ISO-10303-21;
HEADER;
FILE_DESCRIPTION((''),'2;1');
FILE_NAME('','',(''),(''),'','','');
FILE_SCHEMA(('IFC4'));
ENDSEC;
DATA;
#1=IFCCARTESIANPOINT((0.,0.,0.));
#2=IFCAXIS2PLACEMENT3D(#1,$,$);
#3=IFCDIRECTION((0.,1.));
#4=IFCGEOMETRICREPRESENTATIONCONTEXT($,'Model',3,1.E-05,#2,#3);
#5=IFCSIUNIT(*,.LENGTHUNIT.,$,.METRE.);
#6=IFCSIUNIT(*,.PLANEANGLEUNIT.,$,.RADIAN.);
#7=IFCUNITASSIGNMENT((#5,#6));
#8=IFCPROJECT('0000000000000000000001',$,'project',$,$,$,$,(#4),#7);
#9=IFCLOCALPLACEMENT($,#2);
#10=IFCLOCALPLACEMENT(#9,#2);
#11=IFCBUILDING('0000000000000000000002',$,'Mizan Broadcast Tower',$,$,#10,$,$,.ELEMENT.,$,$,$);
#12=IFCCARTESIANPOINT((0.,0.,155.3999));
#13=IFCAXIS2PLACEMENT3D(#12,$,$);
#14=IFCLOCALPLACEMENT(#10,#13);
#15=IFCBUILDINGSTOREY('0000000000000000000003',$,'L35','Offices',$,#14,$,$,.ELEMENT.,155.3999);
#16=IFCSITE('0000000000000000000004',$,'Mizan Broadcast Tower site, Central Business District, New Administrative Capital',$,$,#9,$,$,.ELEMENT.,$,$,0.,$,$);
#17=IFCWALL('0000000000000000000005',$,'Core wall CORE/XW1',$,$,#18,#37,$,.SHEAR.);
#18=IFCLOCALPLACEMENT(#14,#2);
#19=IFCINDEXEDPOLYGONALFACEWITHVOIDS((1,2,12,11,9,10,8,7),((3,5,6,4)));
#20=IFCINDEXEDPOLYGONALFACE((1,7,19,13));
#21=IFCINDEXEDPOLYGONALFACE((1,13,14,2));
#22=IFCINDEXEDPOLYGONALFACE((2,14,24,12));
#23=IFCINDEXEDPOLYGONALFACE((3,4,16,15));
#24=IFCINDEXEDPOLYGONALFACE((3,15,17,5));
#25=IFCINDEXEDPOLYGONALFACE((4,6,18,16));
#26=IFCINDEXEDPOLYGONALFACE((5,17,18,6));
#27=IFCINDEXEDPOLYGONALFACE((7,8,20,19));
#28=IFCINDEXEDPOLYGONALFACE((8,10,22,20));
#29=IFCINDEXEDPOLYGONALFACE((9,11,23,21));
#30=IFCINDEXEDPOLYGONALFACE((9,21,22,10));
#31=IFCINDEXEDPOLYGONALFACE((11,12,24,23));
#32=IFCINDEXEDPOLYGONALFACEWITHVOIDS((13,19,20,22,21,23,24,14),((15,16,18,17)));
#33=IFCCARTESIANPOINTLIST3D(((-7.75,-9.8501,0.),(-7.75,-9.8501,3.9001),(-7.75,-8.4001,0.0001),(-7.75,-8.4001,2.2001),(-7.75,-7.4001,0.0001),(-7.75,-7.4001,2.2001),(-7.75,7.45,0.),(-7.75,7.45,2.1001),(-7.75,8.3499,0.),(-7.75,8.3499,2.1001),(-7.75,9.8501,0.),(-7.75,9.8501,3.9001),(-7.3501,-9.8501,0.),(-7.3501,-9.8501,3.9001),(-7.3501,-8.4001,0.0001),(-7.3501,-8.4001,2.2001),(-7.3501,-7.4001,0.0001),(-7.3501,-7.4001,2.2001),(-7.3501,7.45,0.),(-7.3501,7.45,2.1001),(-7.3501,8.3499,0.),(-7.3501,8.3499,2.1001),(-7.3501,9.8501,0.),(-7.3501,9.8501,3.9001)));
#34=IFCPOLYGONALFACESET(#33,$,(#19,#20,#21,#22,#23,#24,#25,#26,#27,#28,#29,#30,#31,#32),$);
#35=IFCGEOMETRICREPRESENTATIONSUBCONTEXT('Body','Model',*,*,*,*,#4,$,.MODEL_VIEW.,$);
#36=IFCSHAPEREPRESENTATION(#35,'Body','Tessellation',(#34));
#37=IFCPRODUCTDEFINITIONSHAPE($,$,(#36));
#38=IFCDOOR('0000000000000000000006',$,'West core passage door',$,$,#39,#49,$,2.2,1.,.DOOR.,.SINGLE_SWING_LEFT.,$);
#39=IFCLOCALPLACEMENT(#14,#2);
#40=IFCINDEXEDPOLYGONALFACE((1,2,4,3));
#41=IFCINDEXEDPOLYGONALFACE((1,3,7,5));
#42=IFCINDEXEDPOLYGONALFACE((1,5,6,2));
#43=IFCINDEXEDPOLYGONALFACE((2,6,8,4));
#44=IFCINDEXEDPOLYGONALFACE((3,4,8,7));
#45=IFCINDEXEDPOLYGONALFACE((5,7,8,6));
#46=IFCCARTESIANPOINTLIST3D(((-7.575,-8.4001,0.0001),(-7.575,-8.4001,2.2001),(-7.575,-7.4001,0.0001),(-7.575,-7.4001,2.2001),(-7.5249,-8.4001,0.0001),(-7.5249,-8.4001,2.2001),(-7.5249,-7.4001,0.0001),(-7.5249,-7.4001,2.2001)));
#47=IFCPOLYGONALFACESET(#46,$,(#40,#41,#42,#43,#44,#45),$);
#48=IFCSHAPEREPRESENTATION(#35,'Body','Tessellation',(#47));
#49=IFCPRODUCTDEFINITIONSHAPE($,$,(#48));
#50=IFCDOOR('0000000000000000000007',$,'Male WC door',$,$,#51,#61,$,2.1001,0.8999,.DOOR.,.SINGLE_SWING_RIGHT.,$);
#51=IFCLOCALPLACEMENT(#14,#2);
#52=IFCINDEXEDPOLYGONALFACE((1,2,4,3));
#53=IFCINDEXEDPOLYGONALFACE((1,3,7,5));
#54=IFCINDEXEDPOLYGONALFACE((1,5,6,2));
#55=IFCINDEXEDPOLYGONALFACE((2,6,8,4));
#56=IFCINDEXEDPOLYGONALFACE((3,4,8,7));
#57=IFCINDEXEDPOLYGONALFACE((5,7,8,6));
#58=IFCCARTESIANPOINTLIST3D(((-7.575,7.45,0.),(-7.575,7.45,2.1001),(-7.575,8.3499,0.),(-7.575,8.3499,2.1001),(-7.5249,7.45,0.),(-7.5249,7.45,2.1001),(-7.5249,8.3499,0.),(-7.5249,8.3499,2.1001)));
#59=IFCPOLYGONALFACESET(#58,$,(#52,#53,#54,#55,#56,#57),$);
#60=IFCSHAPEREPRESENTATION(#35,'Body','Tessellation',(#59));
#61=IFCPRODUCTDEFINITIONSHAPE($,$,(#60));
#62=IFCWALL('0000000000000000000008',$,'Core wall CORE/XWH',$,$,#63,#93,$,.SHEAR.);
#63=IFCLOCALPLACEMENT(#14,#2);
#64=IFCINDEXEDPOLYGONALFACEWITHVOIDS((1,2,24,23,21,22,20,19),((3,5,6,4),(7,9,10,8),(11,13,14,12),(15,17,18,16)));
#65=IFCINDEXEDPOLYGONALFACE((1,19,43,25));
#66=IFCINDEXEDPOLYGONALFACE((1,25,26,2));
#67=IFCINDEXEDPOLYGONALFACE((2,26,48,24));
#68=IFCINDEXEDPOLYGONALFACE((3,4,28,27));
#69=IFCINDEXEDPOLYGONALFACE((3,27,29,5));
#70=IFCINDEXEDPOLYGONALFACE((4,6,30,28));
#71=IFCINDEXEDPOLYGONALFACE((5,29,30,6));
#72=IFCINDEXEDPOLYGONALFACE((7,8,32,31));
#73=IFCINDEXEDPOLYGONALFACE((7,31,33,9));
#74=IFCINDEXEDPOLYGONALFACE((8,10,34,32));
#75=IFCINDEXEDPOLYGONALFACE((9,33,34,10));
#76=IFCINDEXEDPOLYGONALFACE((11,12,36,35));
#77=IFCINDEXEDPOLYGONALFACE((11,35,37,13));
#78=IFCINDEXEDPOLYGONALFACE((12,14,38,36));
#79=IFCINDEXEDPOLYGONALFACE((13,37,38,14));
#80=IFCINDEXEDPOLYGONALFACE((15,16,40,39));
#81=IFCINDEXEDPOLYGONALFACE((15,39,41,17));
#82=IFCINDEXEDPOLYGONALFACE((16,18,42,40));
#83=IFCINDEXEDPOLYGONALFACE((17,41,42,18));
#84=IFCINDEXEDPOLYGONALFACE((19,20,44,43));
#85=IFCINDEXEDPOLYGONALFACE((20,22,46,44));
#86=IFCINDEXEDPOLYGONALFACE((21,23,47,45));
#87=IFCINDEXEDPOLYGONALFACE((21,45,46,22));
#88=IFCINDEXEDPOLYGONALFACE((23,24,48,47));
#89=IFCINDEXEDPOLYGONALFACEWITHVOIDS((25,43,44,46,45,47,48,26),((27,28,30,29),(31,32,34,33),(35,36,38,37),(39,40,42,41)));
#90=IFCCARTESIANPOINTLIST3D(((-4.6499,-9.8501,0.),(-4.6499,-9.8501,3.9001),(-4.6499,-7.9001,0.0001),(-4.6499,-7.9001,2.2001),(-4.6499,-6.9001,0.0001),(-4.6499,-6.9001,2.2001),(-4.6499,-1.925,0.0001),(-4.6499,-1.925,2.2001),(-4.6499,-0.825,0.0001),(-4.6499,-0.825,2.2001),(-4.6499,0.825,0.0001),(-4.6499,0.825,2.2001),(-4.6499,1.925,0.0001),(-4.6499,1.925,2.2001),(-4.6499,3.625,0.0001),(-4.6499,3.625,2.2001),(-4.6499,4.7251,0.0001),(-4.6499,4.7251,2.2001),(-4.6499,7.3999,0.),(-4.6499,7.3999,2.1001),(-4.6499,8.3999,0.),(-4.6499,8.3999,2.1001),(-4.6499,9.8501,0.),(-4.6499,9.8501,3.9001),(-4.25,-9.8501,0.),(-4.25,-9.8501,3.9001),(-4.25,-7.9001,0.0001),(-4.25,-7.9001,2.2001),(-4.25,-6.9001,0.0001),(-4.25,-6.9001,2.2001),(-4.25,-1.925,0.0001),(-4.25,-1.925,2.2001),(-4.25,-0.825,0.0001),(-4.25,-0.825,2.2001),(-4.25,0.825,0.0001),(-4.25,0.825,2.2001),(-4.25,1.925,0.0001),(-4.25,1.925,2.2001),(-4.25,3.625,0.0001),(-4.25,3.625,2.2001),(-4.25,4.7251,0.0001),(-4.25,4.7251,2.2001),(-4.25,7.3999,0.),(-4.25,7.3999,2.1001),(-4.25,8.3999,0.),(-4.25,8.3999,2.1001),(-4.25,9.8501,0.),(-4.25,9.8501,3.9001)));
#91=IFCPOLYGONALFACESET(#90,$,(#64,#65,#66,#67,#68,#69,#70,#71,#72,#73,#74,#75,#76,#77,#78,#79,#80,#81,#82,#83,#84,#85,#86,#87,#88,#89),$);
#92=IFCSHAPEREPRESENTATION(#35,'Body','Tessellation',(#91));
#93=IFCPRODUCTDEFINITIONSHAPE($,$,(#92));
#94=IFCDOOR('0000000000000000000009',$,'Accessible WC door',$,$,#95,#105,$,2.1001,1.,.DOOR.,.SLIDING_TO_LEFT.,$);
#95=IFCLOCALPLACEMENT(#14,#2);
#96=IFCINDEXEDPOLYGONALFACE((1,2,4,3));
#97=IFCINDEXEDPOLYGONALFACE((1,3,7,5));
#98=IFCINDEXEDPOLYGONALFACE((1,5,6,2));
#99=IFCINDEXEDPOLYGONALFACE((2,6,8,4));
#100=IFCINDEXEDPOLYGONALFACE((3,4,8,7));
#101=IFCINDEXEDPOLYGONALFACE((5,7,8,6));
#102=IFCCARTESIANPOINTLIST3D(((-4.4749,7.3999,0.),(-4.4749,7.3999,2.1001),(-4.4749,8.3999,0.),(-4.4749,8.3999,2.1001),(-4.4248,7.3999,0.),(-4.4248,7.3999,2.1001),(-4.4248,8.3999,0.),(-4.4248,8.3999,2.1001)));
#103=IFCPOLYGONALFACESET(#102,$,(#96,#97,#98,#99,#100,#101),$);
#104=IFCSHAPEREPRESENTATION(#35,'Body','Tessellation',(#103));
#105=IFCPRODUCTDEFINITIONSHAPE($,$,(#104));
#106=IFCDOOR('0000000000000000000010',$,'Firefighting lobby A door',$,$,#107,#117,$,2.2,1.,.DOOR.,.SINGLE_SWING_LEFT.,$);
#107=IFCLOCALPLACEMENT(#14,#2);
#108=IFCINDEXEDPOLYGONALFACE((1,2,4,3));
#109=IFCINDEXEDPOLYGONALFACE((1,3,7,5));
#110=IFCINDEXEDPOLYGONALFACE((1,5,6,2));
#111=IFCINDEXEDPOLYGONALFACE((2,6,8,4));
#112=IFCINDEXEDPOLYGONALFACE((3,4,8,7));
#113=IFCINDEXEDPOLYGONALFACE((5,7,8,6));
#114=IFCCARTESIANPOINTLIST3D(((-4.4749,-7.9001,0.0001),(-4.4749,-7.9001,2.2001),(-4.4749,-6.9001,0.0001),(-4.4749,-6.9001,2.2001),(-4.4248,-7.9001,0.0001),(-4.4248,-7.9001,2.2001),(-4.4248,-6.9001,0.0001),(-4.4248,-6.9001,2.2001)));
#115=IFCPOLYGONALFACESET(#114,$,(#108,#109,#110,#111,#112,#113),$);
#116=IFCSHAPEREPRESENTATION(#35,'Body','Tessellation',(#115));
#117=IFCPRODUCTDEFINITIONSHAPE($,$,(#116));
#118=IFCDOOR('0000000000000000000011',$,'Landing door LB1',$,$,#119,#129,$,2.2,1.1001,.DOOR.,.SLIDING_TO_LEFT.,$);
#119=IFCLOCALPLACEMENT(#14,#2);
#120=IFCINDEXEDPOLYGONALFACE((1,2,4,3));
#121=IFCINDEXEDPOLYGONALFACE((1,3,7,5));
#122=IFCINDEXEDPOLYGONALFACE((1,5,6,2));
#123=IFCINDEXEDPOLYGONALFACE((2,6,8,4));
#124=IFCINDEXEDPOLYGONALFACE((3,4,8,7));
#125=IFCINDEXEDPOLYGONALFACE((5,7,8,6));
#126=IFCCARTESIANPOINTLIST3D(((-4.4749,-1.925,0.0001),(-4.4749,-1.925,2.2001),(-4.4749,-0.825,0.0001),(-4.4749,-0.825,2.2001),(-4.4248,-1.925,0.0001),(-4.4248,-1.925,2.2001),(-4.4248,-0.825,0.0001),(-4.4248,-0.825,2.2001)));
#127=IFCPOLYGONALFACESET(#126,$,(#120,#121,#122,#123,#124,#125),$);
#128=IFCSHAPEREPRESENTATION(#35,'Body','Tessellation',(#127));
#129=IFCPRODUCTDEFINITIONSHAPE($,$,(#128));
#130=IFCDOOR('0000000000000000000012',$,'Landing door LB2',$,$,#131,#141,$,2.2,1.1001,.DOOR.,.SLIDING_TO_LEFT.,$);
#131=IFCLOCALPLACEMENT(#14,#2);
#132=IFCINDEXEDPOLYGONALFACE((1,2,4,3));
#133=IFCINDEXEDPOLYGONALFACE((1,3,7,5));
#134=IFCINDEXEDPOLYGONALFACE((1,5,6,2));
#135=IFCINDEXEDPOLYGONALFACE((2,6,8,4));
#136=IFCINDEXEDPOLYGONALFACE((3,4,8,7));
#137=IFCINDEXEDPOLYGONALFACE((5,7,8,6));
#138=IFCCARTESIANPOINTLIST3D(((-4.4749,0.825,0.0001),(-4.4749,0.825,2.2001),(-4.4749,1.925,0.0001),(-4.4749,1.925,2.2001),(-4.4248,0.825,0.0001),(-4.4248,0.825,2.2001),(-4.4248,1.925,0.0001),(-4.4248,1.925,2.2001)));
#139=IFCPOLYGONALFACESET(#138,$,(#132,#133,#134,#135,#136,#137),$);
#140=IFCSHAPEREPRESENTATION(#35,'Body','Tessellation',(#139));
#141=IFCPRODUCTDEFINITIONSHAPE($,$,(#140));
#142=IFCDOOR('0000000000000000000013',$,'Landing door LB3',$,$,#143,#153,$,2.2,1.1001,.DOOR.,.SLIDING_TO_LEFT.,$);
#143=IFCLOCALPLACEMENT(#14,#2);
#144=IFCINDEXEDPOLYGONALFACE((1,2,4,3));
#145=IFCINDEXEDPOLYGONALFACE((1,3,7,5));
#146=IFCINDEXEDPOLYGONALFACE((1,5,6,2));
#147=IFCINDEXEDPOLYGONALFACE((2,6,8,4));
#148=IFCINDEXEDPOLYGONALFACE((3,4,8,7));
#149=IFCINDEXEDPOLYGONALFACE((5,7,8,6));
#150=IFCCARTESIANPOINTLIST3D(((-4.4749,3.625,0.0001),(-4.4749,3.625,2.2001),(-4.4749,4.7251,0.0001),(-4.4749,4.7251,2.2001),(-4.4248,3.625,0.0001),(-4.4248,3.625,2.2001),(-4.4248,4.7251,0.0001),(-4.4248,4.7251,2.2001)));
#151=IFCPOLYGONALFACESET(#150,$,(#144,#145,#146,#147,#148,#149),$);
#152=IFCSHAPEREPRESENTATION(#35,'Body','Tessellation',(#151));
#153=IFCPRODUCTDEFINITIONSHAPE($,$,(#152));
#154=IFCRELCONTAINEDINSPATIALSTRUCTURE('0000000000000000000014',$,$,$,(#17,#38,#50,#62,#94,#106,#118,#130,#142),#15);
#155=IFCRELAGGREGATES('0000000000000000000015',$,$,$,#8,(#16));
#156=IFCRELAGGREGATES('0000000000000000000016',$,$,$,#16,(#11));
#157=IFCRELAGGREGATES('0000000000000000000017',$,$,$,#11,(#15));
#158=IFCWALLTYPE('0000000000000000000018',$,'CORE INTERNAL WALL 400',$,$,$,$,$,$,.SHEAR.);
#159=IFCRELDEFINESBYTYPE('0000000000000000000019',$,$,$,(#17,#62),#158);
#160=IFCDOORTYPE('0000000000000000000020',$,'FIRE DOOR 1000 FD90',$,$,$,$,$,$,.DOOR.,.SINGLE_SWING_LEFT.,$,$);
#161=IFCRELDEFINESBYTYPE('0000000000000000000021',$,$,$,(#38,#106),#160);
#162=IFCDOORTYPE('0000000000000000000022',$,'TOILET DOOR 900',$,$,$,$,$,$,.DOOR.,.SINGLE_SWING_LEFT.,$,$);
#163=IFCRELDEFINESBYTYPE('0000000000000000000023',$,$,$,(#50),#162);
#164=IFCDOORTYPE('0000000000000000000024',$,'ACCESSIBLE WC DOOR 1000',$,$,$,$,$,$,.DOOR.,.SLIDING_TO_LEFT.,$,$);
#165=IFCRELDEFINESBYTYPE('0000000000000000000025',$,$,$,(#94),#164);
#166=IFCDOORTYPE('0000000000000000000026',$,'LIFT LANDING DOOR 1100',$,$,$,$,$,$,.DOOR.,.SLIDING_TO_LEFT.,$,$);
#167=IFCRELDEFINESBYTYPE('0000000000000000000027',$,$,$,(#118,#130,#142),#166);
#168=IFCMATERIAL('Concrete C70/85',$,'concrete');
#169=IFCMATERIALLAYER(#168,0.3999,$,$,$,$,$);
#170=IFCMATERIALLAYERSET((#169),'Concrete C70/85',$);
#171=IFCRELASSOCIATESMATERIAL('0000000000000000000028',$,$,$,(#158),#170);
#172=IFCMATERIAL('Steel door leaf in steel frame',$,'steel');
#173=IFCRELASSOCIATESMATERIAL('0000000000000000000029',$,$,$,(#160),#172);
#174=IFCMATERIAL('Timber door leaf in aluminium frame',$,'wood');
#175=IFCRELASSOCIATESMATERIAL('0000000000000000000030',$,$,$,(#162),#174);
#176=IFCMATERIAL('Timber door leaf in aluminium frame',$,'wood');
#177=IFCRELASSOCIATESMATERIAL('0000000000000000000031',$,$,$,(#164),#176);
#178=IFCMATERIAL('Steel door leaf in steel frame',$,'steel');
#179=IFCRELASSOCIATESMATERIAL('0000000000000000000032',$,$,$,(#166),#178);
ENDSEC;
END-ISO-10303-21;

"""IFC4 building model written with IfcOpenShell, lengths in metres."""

from ifc_helpers import new_model, si_unit, direction, frame, frame_2d, origin, place, context, subcontext, project, spatial, rectangle, extrude, material, layer, layer_set, type_object, element, fill, save


model = new_model("IFC4")

# Units and contexts
model_context = context("Model", 3, precision=1e-05, world=origin(), true_north=direction((0.0, 1.0)))
body_context = subcontext(model_context, "Body", "Model", "MODEL_VIEW")
ifc_project = project(units=[si_unit("LENGTHUNIT", "METRE"), si_unit("PLANEANGLEUNIT", "RADIAN")], contexts=[model_context])

# Site, building, storey
site_placement = place(None, origin())
site = spatial("IfcSite", under=ifc_project, at=site_placement, Name="Mizan Broadcast Tower site, Central Business District, New Administrative Capital", CompositionType="ELEMENT", RefElevation=0.0)
building_placement = place(site_placement, origin())
building = spatial("IfcBuilding", under=site, at=building_placement, Name="Mizan Broadcast Tower", CompositionType="ELEMENT")
storey_placement = place(building_placement, frame((0.0, 0.0, 155.3999)))
storey = spatial("IfcBuildingStorey", under=building, at=storey_placement, Name="L35", Description="Offices", CompositionType="ELEMENT", Elevation=155.3999)

# Walls, openings, doors
ifc_material_1 = material(Name="Concrete C70/85", Category="concrete")
ifc_layer_1 = layer(ifc_material_1, 0.3999)
ifc_layer_set_1 = layer_set([ifc_layer_1], Name="Concrete C70/85")
wall_type_1 = type_object("IfcWallType", Name="CORE INTERNAL WALL 400", PredefinedType="SHEAR", material=ifc_layer_set_1)
wall_1_placement = place(storey_placement, frame((-7.55, -9.8501, 0.0), z_axis=(0.0, 0.0, 1.0), x_axis=(0.0, 1.0, 0.0)))
wall_1 = element("IfcWall", 1, at=wall_1_placement, inside=storey, type_object=wall_type_1, Name="Core wall CORE/XW1", PredefinedType="SHEAR", context=body_context, shape_type="SweptSolid", body=[
    extrude(rectangle(XDim=19.7002, YDim=0.3999, at=frame_2d((9.8501, 0.0))), origin(), (0.0, 0.0, 1.0), 3.9001),
])
opening_1_placement = place(wall_1_placement, frame((1.45, 0.0, 0.0)))
opening_1 = element("IfcOpeningElement", 2, at=opening_1_placement, cuts=wall_1, PredefinedType="OPENING", context=body_context, shape_type="SweptSolid", body=[
    extrude(rectangle(XDim=1.0, YDim=2.2, at=frame_2d((0.5, 1.1001))), frame((0.0, 0.21, 0.0), z_axis=(0.0, -1.0, 0.0), x_axis=(1.0, 0.0, 0.0)), (0.0, 0.0, 1.0), 0.4199),
])
opening_2_placement = place(wall_1_placement, frame((17.3, 0.0, 0.0)))
opening_2 = element("IfcOpeningElement", 3, at=opening_2_placement, cuts=wall_1, PredefinedType="OPENING", context=body_context, shape_type="SweptSolid", body=[
    extrude(rectangle(XDim=0.8999, YDim=2.1001, at=frame_2d((0.45, 1.05))), frame((0.0, 0.21, 0.0), z_axis=(0.0, -1.0, 0.0), x_axis=(1.0, 0.0, 0.0)), (0.0, 0.0, 1.0), 0.4199),
])
ifc_material_2 = material(Name="Steel door leaf in steel frame", Category="steel")
door_type_1 = type_object("IfcDoorType", Name="FIRE DOOR 1000 FD90", OperationType="SINGLE_SWING_LEFT", PredefinedType="DOOR", material=ifc_material_2)
door_1_placement = place(opening_1_placement, origin())
door_1 = element("IfcDoor", 4, at=door_1_placement, inside=storey, type_object=door_type_1, Name="West core passage door", OperationType="SINGLE_SWING_LEFT", OverallHeight=2.2, OverallWidth=1.0, PredefinedType="DOOR", context=body_context, shape_type="SweptSolid", body=[
    extrude(rectangle(XDim=1.0, YDim=2.2, at=frame_2d((0.5, 1.1001))), frame((0.0, 0.0249, 0.0), z_axis=(0.0, -1.0, 0.0), x_axis=(1.0, 0.0, 0.0)), (0.0, 0.0, 1.0), 0.05),
])
fill(opening_1, door_1)
ifc_material_3 = material(Name="Timber door leaf in aluminium frame", Category="wood")
door_type_2 = type_object("IfcDoorType", Name="TOILET DOOR 900", OperationType="SINGLE_SWING_LEFT", PredefinedType="DOOR", material=ifc_material_3)
door_2_placement = place(opening_2_placement, origin())
door_2 = element("IfcDoor", 5, at=door_2_placement, inside=storey, type_object=door_type_2, Name="Male WC door", OperationType="SINGLE_SWING_RIGHT", OverallHeight=2.1001, OverallWidth=0.8999, PredefinedType="DOOR", context=body_context, shape_type="SweptSolid", body=[
    extrude(rectangle(XDim=0.8999, YDim=2.1001, at=frame_2d((0.45, 1.05))), frame((0.0, 0.0249, 0.0), z_axis=(0.0, -1.0, 0.0), x_axis=(1.0, 0.0, 0.0)), (0.0, 0.0, 1.0), 0.05),
])
fill(opening_2, door_2)
wall_2_placement = place(storey_placement, frame((-4.45, -9.8501, 0.0), z_axis=(0.0, 0.0, 1.0), x_axis=(0.0, 1.0, 0.0)))
wall_2 = element("IfcWall", 6, at=wall_2_placement, inside=storey, type_object=wall_type_1, Name="Core wall CORE/XWH", PredefinedType="SHEAR", context=body_context, shape_type="SweptSolid", body=[
    extrude(rectangle(XDim=19.7002, YDim=0.3999, at=frame_2d((9.8501, 0.0))), origin(), (0.0, 0.0, 1.0), 3.9001),
])
opening_3_placement = place(wall_2_placement, frame((1.95, 0.0, 0.0)))
opening_3 = element("IfcOpeningElement", 7, at=opening_3_placement, cuts=wall_2, PredefinedType="OPENING", context=body_context, shape_type="SweptSolid", body=[
    extrude(rectangle(XDim=1.0, YDim=2.2, at=frame_2d((0.5, 1.1001))), frame((0.0, 0.21, 0.0), z_axis=(0.0, -1.0, 0.0), x_axis=(1.0, 0.0, 0.0)), (0.0, 0.0, 1.0), 0.4199),
])
opening_4_placement = place(wall_2_placement, frame((17.25, 0.0, 0.0)))
opening_4 = element("IfcOpeningElement", 8, at=opening_4_placement, cuts=wall_2, PredefinedType="OPENING", context=body_context, shape_type="SweptSolid", body=[
    extrude(rectangle(XDim=1.0, YDim=2.1001, at=frame_2d((0.5, 1.05))), frame((0.0, 0.21, 0.0), z_axis=(0.0, -1.0, 0.0), x_axis=(1.0, 0.0, 0.0)), (0.0, 0.0, 1.0), 0.4199),
])
opening_5_placement = place(wall_2_placement, frame((7.925, 0.0, 0.0)))
opening_5 = element("IfcOpeningElement", 9, at=opening_5_placement, cuts=wall_2, PredefinedType="OPENING", context=body_context, shape_type="SweptSolid", body=[
    extrude(rectangle(XDim=1.1001, YDim=2.2, at=frame_2d((0.55, 1.1001))), frame((0.0, 0.21, 0.0), z_axis=(0.0, -1.0, 0.0), x_axis=(1.0, 0.0, 0.0)), (0.0, 0.0, 1.0), 0.4199),
])
opening_6_placement = place(wall_2_placement, frame((10.675, 0.0, 0.0)))
opening_6 = element("IfcOpeningElement", 10, at=opening_6_placement, cuts=wall_2, PredefinedType="OPENING", context=body_context, shape_type="SweptSolid", body=[
    extrude(rectangle(XDim=1.1001, YDim=2.2, at=frame_2d((0.55, 1.1001))), frame((0.0, 0.21, 0.0), z_axis=(0.0, -1.0, 0.0), x_axis=(1.0, 0.0, 0.0)), (0.0, 0.0, 1.0), 0.4199),
])
opening_7_placement = place(wall_2_placement, frame((13.4751, 0.0, 0.0)))
opening_7 = element("IfcOpeningElement", 11, at=opening_7_placement, cuts=wall_2, PredefinedType="OPENING", context=body_context, shape_type="SweptSolid", body=[
    extrude(rectangle(XDim=1.1001, YDim=2.2, at=frame_2d((0.55, 1.1001))), frame((0.0, 0.21, 0.0), z_axis=(0.0, -1.0, 0.0), x_axis=(1.0, 0.0, 0.0)), (0.0, 0.0, 1.0), 0.4199),
])
ifc_material_4 = material(Name="Timber door leaf in aluminium frame", Category="wood")
door_type_3 = type_object("IfcDoorType", Name="ACCESSIBLE WC DOOR 1000", OperationType="SLIDING_TO_LEFT", PredefinedType="DOOR", material=ifc_material_4)
door_3_placement = place(opening_4_placement, origin())
door_3 = element("IfcDoor", 12, at=door_3_placement, inside=storey, type_object=door_type_3, Name="Accessible WC door", OperationType="SLIDING_TO_LEFT", OverallHeight=2.1001, OverallWidth=1.0, PredefinedType="DOOR", context=body_context, shape_type="SweptSolid", body=[
    extrude(rectangle(XDim=1.0, YDim=2.1001, at=frame_2d((0.5, 1.05))), frame((0.0, 0.0249, 0.0), z_axis=(0.0, -1.0, 0.0), x_axis=(1.0, 0.0, 0.0)), (0.0, 0.0, 1.0), 0.05),
])
fill(opening_4, door_3)
door_4_placement = place(opening_3_placement, origin())
door_4 = element("IfcDoor", 13, at=door_4_placement, inside=storey, type_object=door_type_1, Name="Firefighting lobby A door", OperationType="SINGLE_SWING_LEFT", OverallHeight=2.2, OverallWidth=1.0, PredefinedType="DOOR", context=body_context, shape_type="SweptSolid", body=[
    extrude(rectangle(XDim=1.0, YDim=2.2, at=frame_2d((0.5, 1.1001))), frame((0.0, 0.0249, 0.0), z_axis=(0.0, -1.0, 0.0), x_axis=(1.0, 0.0, 0.0)), (0.0, 0.0, 1.0), 0.05),
])
fill(opening_3, door_4)
ifc_material_5 = material(Name="Steel door leaf in steel frame", Category="steel")
door_type_4 = type_object("IfcDoorType", Name="LIFT LANDING DOOR 1100", OperationType="SLIDING_TO_LEFT", PredefinedType="DOOR", material=ifc_material_5)
door_5_placement = place(opening_5_placement, origin())
door_5 = element("IfcDoor", 14, at=door_5_placement, inside=storey, type_object=door_type_4, Name="Landing door LB1", OperationType="SLIDING_TO_LEFT", OverallHeight=2.2, OverallWidth=1.1001, PredefinedType="DOOR", context=body_context, shape_type="SweptSolid", body=[
    extrude(rectangle(XDim=1.1001, YDim=2.2, at=frame_2d((0.55, 1.1001))), frame((0.0, 0.0249, 0.0), z_axis=(0.0, -1.0, 0.0), x_axis=(1.0, 0.0, 0.0)), (0.0, 0.0, 1.0), 0.05),
])
fill(opening_5, door_5)
door_6_placement = place(opening_6_placement, origin())
door_6 = element("IfcDoor", 15, at=door_6_placement, inside=storey, type_object=door_type_4, Name="Landing door LB2", OperationType="SLIDING_TO_LEFT", OverallHeight=2.2, OverallWidth=1.1001, PredefinedType="DOOR", context=body_context, shape_type="SweptSolid", body=[
    extrude(rectangle(XDim=1.1001, YDim=2.2, at=frame_2d((0.55, 1.1001))), frame((0.0, 0.0249, 0.0), z_axis=(0.0, -1.0, 0.0), x_axis=(1.0, 0.0, 0.0)), (0.0, 0.0, 1.0), 0.05),
])
fill(opening_6, door_6)
door_7_placement = place(opening_7_placement, origin())
door_7 = element("IfcDoor", 16, at=door_7_placement, inside=storey, type_object=door_type_4, Name="Landing door LB3", OperationType="SLIDING_TO_LEFT", OverallHeight=2.2, OverallWidth=1.1001, PredefinedType="DOOR", context=body_context, shape_type="SweptSolid", body=[
    extrude(rectangle(XDim=1.1001, YDim=2.2, at=frame_2d((0.55, 1.1001))), frame((0.0, 0.0249, 0.0), z_axis=(0.0, -1.0, 0.0), x_axis=(1.0, 0.0, 0.0)), (0.0, 0.0, 1.0), 0.05),
])
fill(opening_7, door_7)

save(model, "model.ifc")
